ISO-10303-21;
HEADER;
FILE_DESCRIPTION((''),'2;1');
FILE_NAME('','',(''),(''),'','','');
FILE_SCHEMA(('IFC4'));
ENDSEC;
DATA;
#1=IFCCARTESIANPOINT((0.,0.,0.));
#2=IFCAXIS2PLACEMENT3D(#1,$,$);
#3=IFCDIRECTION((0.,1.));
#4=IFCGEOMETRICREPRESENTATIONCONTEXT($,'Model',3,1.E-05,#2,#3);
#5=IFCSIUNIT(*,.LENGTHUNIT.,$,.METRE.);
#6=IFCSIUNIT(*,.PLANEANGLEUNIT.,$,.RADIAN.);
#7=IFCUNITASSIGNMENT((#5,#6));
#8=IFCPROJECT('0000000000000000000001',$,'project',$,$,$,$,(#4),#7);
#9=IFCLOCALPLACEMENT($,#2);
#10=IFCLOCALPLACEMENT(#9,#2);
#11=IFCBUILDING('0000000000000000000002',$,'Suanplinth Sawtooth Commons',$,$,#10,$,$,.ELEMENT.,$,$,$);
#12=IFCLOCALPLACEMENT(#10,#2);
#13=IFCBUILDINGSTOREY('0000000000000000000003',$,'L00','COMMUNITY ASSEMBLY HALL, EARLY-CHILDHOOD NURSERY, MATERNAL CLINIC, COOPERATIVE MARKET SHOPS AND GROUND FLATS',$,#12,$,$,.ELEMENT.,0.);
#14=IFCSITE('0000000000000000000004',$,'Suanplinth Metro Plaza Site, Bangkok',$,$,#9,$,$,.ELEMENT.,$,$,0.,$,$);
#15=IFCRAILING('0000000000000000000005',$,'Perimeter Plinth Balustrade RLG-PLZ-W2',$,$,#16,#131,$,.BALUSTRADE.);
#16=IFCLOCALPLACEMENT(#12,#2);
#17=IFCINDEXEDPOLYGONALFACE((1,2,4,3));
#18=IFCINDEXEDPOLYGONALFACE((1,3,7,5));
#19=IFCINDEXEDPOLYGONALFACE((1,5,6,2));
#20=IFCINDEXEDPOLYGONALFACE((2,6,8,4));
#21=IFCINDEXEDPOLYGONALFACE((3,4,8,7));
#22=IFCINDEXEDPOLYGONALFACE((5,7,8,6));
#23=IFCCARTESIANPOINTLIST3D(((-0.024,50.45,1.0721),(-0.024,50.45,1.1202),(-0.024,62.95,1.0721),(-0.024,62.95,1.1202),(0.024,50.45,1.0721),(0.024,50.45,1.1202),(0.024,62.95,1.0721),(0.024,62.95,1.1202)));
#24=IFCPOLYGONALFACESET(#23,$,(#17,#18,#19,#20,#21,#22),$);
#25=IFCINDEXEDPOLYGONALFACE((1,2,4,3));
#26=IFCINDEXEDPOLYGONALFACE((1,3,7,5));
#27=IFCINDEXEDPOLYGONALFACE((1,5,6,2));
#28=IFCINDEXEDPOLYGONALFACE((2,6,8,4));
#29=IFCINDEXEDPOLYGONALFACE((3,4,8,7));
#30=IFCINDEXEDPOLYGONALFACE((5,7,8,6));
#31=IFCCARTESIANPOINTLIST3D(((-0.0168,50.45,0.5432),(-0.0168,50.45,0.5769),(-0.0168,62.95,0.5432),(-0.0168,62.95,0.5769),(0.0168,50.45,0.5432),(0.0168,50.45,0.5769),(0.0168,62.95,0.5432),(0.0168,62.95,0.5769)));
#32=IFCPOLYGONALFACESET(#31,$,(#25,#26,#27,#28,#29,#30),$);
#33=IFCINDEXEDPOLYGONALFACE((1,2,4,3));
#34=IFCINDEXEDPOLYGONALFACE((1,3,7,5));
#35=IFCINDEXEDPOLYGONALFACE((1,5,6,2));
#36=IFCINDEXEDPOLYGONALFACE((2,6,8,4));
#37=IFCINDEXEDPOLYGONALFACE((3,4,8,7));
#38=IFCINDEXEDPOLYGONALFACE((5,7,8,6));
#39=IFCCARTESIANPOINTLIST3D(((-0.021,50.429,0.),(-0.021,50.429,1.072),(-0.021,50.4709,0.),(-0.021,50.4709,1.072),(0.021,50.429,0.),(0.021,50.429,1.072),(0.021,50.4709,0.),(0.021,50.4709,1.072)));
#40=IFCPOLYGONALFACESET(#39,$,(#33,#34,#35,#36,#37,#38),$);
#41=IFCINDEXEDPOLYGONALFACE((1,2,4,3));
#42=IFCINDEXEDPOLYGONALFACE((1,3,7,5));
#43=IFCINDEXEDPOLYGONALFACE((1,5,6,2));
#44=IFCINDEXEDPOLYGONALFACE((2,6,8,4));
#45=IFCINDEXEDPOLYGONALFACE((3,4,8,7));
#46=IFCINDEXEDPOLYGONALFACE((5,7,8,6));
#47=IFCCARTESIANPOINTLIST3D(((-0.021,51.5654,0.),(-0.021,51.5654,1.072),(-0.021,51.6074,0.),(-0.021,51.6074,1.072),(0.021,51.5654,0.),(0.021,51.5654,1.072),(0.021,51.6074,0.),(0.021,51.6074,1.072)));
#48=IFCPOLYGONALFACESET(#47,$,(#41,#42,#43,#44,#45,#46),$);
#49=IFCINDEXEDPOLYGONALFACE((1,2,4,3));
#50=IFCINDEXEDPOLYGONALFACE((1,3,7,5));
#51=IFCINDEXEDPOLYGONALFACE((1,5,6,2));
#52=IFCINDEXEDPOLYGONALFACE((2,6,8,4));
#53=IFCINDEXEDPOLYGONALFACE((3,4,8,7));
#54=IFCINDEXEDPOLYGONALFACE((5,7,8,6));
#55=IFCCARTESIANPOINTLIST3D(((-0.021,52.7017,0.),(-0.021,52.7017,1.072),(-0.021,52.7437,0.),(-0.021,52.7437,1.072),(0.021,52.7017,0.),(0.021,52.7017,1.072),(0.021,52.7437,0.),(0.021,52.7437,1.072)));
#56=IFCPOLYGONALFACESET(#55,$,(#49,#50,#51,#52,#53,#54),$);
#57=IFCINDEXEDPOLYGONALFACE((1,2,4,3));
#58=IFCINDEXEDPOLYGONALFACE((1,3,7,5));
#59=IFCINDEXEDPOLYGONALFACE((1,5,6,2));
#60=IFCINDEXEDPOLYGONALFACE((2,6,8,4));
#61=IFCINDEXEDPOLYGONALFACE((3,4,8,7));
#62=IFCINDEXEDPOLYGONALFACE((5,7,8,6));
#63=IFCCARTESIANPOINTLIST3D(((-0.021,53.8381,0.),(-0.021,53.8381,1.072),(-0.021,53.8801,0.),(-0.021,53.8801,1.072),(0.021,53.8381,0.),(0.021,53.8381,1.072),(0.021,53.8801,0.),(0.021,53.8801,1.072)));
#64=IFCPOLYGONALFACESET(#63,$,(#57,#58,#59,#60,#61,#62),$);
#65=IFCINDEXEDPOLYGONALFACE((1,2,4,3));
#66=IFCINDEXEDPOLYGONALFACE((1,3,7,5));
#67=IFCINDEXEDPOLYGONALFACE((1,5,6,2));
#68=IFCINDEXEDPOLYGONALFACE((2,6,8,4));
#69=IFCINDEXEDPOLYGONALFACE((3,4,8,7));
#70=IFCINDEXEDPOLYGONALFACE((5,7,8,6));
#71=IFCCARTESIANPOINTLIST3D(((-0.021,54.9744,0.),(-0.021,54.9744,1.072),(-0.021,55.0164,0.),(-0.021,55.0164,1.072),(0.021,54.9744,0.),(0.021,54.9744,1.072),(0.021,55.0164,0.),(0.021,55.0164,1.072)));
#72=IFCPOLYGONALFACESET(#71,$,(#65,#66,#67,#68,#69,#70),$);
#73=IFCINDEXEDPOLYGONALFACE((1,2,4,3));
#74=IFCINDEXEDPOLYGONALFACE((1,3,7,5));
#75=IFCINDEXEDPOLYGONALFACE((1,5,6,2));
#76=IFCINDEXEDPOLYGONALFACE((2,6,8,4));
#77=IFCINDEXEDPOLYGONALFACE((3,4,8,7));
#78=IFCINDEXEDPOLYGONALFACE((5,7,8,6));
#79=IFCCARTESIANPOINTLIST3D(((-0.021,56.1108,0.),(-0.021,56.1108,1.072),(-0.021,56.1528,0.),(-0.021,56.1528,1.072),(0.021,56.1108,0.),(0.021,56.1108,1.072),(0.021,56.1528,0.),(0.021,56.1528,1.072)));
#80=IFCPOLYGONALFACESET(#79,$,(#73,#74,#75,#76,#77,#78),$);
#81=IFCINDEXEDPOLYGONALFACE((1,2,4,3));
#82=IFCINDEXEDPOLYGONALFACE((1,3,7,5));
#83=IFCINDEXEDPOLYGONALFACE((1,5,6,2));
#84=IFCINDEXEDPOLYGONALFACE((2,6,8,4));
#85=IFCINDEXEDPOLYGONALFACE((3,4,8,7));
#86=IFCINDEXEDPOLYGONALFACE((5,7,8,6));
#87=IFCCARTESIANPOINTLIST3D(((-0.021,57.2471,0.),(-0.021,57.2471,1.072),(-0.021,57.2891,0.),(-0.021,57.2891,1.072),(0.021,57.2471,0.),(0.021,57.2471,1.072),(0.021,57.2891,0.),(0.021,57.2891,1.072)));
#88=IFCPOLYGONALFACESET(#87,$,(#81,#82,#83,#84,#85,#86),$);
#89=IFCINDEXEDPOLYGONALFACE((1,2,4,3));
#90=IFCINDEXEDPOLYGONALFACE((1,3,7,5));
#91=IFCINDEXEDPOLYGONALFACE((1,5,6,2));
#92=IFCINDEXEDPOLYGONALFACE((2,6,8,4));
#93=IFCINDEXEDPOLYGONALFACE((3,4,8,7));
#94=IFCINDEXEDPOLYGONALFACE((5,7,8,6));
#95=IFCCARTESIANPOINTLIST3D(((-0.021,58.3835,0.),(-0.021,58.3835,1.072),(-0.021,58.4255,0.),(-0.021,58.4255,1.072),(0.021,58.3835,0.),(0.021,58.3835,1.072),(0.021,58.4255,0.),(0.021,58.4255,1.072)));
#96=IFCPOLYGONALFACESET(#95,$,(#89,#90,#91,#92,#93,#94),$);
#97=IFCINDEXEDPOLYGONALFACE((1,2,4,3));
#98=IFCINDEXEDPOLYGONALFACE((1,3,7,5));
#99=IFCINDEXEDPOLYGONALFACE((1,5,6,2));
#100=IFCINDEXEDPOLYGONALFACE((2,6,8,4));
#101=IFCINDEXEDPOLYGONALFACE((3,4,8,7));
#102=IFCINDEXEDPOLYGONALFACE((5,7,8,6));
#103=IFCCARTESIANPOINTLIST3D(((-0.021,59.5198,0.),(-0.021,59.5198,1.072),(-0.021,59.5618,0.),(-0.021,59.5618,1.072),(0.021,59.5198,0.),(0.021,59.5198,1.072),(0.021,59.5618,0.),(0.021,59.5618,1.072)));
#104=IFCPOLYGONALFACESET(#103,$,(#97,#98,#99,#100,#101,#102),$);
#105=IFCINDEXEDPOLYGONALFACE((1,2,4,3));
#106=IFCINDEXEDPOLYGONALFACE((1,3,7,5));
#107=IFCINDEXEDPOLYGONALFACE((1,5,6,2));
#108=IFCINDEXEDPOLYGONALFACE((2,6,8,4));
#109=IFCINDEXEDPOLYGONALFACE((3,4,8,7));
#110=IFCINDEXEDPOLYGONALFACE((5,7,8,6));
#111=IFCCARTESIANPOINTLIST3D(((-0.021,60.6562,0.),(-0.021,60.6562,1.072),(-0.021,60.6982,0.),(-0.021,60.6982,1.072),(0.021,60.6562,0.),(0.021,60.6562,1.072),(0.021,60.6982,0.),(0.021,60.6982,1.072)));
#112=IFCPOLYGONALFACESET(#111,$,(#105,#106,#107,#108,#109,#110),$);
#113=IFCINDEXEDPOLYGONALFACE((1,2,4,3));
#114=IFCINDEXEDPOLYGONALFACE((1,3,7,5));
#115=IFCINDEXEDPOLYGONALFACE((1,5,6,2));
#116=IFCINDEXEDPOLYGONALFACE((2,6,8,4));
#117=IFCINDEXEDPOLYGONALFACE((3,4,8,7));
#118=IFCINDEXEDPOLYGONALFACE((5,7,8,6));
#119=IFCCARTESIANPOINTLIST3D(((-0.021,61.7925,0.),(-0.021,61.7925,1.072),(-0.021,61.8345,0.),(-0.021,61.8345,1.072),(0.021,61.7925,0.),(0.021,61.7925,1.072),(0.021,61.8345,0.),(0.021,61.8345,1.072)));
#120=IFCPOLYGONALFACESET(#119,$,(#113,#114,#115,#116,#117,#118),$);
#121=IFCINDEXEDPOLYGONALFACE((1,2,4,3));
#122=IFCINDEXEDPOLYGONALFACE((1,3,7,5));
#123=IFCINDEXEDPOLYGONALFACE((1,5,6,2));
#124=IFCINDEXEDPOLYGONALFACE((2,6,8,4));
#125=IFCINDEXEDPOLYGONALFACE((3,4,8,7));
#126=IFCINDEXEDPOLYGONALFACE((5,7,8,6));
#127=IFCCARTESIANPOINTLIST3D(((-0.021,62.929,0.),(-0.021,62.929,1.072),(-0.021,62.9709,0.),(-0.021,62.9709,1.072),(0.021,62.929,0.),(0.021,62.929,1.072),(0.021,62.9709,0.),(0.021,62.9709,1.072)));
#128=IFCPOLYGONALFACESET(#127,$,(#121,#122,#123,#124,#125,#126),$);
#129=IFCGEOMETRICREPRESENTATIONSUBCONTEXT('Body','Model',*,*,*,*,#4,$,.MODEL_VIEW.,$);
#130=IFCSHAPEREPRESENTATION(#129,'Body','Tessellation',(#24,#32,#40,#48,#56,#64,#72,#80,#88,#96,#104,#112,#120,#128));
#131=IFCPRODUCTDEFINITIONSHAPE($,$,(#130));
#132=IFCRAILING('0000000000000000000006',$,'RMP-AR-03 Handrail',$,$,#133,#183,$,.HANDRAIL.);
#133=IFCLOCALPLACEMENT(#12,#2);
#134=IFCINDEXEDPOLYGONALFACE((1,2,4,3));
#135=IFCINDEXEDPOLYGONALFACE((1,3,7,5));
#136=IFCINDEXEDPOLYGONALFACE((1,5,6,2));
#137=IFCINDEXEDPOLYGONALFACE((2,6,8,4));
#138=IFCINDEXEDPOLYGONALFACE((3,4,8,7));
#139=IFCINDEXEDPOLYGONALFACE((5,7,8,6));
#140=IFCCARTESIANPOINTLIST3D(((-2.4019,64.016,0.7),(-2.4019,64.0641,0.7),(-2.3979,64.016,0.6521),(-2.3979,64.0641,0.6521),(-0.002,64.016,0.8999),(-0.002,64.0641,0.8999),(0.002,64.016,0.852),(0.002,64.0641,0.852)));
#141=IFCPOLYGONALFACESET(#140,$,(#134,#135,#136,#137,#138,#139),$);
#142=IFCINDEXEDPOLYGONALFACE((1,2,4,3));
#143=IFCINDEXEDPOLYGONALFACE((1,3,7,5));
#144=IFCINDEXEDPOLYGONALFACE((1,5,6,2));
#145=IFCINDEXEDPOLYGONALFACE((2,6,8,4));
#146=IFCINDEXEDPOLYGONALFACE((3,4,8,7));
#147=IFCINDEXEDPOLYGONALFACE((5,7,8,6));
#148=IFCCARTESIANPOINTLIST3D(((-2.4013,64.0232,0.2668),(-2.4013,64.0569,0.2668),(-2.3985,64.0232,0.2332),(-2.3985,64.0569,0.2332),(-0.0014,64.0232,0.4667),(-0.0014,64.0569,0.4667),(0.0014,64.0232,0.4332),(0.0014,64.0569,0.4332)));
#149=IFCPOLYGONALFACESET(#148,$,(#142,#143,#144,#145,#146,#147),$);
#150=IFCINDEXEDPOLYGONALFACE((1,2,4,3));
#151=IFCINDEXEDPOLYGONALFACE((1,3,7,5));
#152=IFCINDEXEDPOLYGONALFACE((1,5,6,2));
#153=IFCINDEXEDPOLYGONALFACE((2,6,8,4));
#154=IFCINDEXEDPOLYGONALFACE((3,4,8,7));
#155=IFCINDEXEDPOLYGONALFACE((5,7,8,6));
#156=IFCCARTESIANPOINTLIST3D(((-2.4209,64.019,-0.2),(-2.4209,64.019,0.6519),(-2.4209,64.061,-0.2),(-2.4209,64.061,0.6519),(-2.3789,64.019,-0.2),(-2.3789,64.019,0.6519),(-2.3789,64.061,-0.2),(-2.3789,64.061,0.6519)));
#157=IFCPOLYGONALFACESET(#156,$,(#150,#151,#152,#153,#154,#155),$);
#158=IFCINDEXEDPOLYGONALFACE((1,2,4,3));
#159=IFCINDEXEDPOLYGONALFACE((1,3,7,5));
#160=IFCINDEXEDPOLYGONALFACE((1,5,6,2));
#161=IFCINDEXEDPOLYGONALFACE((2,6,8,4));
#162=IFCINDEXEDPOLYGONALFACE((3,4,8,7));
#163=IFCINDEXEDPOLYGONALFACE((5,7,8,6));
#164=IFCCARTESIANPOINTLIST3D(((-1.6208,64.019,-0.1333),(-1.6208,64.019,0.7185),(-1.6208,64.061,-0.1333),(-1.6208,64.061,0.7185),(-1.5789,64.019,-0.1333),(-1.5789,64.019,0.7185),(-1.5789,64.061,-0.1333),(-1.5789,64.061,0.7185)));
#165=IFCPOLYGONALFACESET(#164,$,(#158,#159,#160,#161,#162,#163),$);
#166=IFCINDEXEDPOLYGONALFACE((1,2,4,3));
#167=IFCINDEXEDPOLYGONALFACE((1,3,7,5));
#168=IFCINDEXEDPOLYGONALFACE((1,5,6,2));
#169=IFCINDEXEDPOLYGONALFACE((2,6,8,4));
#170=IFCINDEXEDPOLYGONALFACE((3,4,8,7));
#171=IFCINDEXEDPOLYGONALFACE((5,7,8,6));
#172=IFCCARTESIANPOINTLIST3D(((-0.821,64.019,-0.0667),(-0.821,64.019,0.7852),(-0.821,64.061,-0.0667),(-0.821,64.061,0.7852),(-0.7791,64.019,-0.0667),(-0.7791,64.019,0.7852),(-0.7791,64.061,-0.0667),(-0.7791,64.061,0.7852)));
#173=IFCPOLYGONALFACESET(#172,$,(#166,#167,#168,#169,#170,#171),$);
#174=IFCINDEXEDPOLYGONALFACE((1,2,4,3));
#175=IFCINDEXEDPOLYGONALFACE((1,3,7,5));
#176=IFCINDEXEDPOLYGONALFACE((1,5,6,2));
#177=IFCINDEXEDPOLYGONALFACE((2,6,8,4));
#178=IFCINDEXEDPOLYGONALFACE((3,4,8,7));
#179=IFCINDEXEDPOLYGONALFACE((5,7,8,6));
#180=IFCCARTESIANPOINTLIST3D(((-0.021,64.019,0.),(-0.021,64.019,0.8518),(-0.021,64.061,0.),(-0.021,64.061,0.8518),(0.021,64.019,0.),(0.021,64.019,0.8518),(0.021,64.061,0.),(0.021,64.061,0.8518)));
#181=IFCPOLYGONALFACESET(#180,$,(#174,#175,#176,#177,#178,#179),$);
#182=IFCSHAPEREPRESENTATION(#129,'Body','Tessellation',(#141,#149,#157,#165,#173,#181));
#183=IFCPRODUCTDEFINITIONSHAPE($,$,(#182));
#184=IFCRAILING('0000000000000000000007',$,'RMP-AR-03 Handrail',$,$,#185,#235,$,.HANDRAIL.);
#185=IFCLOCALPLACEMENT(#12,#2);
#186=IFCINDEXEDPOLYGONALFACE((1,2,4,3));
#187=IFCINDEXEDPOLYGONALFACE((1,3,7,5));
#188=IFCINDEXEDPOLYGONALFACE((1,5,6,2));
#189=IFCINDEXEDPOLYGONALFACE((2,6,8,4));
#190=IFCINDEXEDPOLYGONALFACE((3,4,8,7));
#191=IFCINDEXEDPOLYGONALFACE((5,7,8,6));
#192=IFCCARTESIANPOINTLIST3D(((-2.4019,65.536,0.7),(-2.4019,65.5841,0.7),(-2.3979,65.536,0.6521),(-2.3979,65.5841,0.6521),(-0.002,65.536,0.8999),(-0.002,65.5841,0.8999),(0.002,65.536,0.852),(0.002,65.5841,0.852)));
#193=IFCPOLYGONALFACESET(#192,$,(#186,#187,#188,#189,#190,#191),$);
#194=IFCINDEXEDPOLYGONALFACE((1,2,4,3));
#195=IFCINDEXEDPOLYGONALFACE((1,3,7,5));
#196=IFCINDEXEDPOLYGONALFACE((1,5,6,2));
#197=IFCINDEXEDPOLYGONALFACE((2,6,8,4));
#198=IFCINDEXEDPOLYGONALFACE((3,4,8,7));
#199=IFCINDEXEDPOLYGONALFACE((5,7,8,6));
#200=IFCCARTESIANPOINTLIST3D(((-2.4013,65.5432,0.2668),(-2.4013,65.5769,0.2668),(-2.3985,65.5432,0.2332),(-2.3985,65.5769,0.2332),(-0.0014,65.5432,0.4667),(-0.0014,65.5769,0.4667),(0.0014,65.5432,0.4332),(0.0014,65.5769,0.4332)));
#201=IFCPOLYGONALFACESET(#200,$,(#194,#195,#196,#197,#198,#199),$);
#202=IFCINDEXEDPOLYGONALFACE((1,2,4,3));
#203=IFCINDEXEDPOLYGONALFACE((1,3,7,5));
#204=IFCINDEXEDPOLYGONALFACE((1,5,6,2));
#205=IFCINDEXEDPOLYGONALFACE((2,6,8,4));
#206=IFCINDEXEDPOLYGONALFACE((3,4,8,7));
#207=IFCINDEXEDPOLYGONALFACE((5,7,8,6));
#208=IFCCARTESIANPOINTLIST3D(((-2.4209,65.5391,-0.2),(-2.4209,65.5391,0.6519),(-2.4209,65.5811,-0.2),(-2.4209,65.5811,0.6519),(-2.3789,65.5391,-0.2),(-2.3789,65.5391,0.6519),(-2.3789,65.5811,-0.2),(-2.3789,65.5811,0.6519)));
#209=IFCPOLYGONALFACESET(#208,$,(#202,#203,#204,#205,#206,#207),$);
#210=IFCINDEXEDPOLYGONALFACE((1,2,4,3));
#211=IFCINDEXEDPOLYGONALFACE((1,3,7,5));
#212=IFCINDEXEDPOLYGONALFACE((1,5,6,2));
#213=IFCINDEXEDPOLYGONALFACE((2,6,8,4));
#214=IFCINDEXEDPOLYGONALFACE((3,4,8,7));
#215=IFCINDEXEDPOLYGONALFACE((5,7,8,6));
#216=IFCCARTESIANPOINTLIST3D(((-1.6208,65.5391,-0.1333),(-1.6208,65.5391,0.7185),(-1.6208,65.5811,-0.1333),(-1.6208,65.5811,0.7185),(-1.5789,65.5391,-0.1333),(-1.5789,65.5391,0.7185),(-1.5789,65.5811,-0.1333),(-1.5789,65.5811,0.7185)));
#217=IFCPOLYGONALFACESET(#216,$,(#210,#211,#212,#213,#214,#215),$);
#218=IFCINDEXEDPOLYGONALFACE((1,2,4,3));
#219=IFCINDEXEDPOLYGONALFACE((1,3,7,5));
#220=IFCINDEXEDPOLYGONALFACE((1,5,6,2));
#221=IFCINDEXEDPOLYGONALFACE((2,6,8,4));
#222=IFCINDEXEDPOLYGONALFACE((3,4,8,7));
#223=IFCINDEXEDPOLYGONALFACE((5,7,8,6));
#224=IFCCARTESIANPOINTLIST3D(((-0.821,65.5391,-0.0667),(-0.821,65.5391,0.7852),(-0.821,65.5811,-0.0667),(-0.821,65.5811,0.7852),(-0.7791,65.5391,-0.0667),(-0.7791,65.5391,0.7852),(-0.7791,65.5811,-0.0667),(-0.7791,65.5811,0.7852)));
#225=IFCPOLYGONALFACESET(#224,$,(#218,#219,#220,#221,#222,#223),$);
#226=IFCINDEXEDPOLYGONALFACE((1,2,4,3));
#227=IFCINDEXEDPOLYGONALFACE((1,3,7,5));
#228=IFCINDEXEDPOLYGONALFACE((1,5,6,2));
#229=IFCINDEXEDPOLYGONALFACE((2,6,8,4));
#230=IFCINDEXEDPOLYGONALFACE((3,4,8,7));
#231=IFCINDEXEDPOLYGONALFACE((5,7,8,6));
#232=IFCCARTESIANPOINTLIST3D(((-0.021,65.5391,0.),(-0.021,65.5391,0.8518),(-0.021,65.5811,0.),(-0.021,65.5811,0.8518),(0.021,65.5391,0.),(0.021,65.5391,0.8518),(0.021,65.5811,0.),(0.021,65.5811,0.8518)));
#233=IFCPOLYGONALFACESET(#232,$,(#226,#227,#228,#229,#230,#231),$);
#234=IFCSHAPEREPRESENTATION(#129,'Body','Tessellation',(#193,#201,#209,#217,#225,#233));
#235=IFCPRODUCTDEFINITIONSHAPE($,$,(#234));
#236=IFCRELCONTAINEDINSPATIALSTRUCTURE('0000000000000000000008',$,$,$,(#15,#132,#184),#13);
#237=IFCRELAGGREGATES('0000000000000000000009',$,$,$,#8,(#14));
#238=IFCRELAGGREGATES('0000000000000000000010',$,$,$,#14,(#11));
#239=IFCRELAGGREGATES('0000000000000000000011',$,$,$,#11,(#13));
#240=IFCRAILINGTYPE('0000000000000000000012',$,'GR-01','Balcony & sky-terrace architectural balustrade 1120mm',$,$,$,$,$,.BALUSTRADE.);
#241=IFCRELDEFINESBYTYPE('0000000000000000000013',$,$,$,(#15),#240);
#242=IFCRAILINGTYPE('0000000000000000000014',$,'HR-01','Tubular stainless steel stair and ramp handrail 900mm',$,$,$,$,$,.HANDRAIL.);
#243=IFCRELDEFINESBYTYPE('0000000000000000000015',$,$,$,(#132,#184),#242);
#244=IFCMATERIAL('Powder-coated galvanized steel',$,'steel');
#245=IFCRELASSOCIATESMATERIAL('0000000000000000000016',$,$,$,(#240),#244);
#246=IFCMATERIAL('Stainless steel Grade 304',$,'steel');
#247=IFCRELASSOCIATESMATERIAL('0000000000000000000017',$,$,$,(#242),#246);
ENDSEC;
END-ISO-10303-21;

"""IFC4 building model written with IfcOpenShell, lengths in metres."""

from ifc_helpers import new_model, si_unit, direction, frame, origin, origin_2d, place, context, subcontext, project, spatial, rectangle, extrude, material, type_object, element, save


model = new_model("IFC4")

# Units and contexts
model_context = context("Model", 3, precision=1e-05, world=origin(), true_north=direction((0.0, 1.0)))
body_context = subcontext(model_context, "Body", "Model", "MODEL_VIEW")
ifc_project = project(units=[si_unit("LENGTHUNIT", "METRE"), si_unit("PLANEANGLEUNIT", "RADIAN")], contexts=[model_context])

# Site, building, storey
site_placement = place(None, origin())
site = spatial("IfcSite", under=ifc_project, at=site_placement, Name="Suanplinth Metro Plaza Site, Bangkok", CompositionType="ELEMENT", RefElevation=0.0)
building_placement = place(site_placement, origin())
building = spatial("IfcBuilding", under=site, at=building_placement, Name="Suanplinth Sawtooth Commons", CompositionType="ELEMENT")
storey_placement = place(building_placement, origin())
storey = spatial("IfcBuildingStorey", under=building, at=storey_placement, Name="L00", Description="COMMUNITY ASSEMBLY HALL, EARLY-CHILDHOOD NURSERY, MATERNAL CLINIC, COOPERATIVE MARKET SHOPS AND GROUND FLATS", CompositionType="ELEMENT", Elevation=0.0)

# Railings
ifc_material_1 = material(Name="Powder-coated galvanized steel", Category="steel")
railing_type_1 = type_object("IfcRailingType", Name="GR-01", Description="Balcony & sky-terrace architectural balustrade 1120mm", PredefinedType="BALUSTRADE", material=ifc_material_1)
railing_1_placement = place(storey_placement, frame((0.0, 50.45, 0.0)))
element("IfcRailing", 1, at=railing_1_placement, inside=storey, type_object=railing_type_1, Name="Perimeter Plinth Balustrade RLG-PLZ-W2", PredefinedType="BALUSTRADE", context=body_context, shape_type="SweptSolid", body=[
    extrude(rectangle(XDim=0.0481, YDim=0.0481, at=origin_2d()), frame((0.0, 0.0, 1.0962), z_axis=(0.0, 1.0, 0.0), x_axis=(-1.0, 0.0, 0.0)), (0.0, 0.0, 1.0), 12.5),
    extrude(rectangle(XDim=0.0337, YDim=0.0337, at=origin_2d()), frame((0.0, 0.0, 0.5601), z_axis=(0.0, 1.0, 0.0), x_axis=(-1.0, 0.0, 0.0)), (0.0, 0.0, 1.0), 12.5),
    extrude(rectangle(XDim=0.042, YDim=0.042, at=origin_2d()), origin(), (0.0, 0.0, 1.0), 1.072),
    extrude(rectangle(XDim=0.042, YDim=0.042, at=origin_2d()), frame((0.0, 1.1365, 0.0)), (0.0, 0.0, 1.0), 1.072),
    extrude(rectangle(XDim=0.042, YDim=0.042, at=origin_2d()), frame((0.0, 2.2727, 0.0)), (0.0, 0.0, 1.0), 1.072),
    extrude(rectangle(XDim=0.042, YDim=0.042, at=origin_2d()), frame((0.0, 3.4092, 0.0)), (0.0, 0.0, 1.0), 1.072),
    extrude(rectangle(XDim=0.042, YDim=0.042, at=origin_2d()), frame((0.0, 4.5454, 0.0)), (0.0, 0.0, 1.0), 1.072),
    extrude(rectangle(XDim=0.042, YDim=0.042, at=origin_2d()), frame((0.0, 5.6819, 0.0)), (0.0, 0.0, 1.0), 1.072),
    extrude(rectangle(XDim=0.042, YDim=0.042, at=origin_2d()), frame((0.0, 6.8181, 0.0)), (0.0, 0.0, 1.0), 1.072),
    extrude(rectangle(XDim=0.042, YDim=0.042, at=origin_2d()), frame((0.0, 7.9546, 0.0)), (0.0, 0.0, 1.0), 1.072),
    extrude(rectangle(XDim=0.042, YDim=0.042, at=origin_2d()), frame((0.0, 9.0908, 0.0)), (0.0, 0.0, 1.0), 1.072),
    extrude(rectangle(XDim=0.042, YDim=0.042, at=origin_2d()), frame((0.0, 10.2273, 0.0)), (0.0, 0.0, 1.0), 1.072),
    extrude(rectangle(XDim=0.042, YDim=0.042, at=origin_2d()), frame((0.0, 11.3635, 0.0)), (0.0, 0.0, 1.0), 1.072),
    extrude(rectangle(XDim=0.042, YDim=0.042, at=origin_2d()), frame((0.0, 12.5, 0.0)), (0.0, 0.0, 1.0), 1.072),
])
ifc_material_2 = material(Name="Stainless steel Grade 304", Category="steel")
railing_type_2 = type_object("IfcRailingType", Name="HR-01", Description="Tubular stainless steel stair and ramp handrail 900mm", PredefinedType="HANDRAIL", material=ifc_material_2)
for number, where, name in (
    (2, (-2.3999, 64.04, -0.2), "RMP-AR-03 Handrail"),
    (3, (-2.3999, 65.5601, -0.2), "RMP-AR-03 Handrail"),
):
    element("IfcRailing", number, at=place(storey_placement, frame(where)), inside=storey, type_object=railing_type_2, Name=name, PredefinedType="HANDRAIL", context=body_context, shape_type="SweptSolid", body=[
        extrude(rectangle(XDim=0.0481, YDim=0.0481, at=origin_2d()), frame((0.0, 0.0, 0.876), z_axis=(0.996547, 0.0, 0.083029), x_axis=(0.0, 1.0, 0.0)), (0.0, 0.0, 1.0), 2.4082),
        extrude(rectangle(XDim=0.0337, YDim=0.0337, at=origin_2d()), frame((0.0, 0.0, 0.45), z_axis=(0.996547, 0.0, 0.083029), x_axis=(0.0, 1.0, 0.0)), (0.0, 0.0, 1.0), 2.4082),
        extrude(rectangle(XDim=0.042, YDim=0.042, at=origin_2d()), origin(), (0.0, 0.0, 1.0), 0.8518),
        extrude(rectangle(XDim=0.042, YDim=0.042, at=origin_2d()), frame((0.8, 0.0, 0.0667)), (0.0, 0.0, 1.0), 0.8518),
        extrude(rectangle(XDim=0.042, YDim=0.042, at=origin_2d()), frame((1.5999, 0.0, 0.1333)), (0.0, 0.0, 1.0), 0.8518),
        extrude(rectangle(XDim=0.042, YDim=0.042, at=origin_2d()), frame((2.3999, 0.0, 0.2)), (0.0, 0.0, 1.0), 0.8518),
    ])

save(model, "model.ifc")
